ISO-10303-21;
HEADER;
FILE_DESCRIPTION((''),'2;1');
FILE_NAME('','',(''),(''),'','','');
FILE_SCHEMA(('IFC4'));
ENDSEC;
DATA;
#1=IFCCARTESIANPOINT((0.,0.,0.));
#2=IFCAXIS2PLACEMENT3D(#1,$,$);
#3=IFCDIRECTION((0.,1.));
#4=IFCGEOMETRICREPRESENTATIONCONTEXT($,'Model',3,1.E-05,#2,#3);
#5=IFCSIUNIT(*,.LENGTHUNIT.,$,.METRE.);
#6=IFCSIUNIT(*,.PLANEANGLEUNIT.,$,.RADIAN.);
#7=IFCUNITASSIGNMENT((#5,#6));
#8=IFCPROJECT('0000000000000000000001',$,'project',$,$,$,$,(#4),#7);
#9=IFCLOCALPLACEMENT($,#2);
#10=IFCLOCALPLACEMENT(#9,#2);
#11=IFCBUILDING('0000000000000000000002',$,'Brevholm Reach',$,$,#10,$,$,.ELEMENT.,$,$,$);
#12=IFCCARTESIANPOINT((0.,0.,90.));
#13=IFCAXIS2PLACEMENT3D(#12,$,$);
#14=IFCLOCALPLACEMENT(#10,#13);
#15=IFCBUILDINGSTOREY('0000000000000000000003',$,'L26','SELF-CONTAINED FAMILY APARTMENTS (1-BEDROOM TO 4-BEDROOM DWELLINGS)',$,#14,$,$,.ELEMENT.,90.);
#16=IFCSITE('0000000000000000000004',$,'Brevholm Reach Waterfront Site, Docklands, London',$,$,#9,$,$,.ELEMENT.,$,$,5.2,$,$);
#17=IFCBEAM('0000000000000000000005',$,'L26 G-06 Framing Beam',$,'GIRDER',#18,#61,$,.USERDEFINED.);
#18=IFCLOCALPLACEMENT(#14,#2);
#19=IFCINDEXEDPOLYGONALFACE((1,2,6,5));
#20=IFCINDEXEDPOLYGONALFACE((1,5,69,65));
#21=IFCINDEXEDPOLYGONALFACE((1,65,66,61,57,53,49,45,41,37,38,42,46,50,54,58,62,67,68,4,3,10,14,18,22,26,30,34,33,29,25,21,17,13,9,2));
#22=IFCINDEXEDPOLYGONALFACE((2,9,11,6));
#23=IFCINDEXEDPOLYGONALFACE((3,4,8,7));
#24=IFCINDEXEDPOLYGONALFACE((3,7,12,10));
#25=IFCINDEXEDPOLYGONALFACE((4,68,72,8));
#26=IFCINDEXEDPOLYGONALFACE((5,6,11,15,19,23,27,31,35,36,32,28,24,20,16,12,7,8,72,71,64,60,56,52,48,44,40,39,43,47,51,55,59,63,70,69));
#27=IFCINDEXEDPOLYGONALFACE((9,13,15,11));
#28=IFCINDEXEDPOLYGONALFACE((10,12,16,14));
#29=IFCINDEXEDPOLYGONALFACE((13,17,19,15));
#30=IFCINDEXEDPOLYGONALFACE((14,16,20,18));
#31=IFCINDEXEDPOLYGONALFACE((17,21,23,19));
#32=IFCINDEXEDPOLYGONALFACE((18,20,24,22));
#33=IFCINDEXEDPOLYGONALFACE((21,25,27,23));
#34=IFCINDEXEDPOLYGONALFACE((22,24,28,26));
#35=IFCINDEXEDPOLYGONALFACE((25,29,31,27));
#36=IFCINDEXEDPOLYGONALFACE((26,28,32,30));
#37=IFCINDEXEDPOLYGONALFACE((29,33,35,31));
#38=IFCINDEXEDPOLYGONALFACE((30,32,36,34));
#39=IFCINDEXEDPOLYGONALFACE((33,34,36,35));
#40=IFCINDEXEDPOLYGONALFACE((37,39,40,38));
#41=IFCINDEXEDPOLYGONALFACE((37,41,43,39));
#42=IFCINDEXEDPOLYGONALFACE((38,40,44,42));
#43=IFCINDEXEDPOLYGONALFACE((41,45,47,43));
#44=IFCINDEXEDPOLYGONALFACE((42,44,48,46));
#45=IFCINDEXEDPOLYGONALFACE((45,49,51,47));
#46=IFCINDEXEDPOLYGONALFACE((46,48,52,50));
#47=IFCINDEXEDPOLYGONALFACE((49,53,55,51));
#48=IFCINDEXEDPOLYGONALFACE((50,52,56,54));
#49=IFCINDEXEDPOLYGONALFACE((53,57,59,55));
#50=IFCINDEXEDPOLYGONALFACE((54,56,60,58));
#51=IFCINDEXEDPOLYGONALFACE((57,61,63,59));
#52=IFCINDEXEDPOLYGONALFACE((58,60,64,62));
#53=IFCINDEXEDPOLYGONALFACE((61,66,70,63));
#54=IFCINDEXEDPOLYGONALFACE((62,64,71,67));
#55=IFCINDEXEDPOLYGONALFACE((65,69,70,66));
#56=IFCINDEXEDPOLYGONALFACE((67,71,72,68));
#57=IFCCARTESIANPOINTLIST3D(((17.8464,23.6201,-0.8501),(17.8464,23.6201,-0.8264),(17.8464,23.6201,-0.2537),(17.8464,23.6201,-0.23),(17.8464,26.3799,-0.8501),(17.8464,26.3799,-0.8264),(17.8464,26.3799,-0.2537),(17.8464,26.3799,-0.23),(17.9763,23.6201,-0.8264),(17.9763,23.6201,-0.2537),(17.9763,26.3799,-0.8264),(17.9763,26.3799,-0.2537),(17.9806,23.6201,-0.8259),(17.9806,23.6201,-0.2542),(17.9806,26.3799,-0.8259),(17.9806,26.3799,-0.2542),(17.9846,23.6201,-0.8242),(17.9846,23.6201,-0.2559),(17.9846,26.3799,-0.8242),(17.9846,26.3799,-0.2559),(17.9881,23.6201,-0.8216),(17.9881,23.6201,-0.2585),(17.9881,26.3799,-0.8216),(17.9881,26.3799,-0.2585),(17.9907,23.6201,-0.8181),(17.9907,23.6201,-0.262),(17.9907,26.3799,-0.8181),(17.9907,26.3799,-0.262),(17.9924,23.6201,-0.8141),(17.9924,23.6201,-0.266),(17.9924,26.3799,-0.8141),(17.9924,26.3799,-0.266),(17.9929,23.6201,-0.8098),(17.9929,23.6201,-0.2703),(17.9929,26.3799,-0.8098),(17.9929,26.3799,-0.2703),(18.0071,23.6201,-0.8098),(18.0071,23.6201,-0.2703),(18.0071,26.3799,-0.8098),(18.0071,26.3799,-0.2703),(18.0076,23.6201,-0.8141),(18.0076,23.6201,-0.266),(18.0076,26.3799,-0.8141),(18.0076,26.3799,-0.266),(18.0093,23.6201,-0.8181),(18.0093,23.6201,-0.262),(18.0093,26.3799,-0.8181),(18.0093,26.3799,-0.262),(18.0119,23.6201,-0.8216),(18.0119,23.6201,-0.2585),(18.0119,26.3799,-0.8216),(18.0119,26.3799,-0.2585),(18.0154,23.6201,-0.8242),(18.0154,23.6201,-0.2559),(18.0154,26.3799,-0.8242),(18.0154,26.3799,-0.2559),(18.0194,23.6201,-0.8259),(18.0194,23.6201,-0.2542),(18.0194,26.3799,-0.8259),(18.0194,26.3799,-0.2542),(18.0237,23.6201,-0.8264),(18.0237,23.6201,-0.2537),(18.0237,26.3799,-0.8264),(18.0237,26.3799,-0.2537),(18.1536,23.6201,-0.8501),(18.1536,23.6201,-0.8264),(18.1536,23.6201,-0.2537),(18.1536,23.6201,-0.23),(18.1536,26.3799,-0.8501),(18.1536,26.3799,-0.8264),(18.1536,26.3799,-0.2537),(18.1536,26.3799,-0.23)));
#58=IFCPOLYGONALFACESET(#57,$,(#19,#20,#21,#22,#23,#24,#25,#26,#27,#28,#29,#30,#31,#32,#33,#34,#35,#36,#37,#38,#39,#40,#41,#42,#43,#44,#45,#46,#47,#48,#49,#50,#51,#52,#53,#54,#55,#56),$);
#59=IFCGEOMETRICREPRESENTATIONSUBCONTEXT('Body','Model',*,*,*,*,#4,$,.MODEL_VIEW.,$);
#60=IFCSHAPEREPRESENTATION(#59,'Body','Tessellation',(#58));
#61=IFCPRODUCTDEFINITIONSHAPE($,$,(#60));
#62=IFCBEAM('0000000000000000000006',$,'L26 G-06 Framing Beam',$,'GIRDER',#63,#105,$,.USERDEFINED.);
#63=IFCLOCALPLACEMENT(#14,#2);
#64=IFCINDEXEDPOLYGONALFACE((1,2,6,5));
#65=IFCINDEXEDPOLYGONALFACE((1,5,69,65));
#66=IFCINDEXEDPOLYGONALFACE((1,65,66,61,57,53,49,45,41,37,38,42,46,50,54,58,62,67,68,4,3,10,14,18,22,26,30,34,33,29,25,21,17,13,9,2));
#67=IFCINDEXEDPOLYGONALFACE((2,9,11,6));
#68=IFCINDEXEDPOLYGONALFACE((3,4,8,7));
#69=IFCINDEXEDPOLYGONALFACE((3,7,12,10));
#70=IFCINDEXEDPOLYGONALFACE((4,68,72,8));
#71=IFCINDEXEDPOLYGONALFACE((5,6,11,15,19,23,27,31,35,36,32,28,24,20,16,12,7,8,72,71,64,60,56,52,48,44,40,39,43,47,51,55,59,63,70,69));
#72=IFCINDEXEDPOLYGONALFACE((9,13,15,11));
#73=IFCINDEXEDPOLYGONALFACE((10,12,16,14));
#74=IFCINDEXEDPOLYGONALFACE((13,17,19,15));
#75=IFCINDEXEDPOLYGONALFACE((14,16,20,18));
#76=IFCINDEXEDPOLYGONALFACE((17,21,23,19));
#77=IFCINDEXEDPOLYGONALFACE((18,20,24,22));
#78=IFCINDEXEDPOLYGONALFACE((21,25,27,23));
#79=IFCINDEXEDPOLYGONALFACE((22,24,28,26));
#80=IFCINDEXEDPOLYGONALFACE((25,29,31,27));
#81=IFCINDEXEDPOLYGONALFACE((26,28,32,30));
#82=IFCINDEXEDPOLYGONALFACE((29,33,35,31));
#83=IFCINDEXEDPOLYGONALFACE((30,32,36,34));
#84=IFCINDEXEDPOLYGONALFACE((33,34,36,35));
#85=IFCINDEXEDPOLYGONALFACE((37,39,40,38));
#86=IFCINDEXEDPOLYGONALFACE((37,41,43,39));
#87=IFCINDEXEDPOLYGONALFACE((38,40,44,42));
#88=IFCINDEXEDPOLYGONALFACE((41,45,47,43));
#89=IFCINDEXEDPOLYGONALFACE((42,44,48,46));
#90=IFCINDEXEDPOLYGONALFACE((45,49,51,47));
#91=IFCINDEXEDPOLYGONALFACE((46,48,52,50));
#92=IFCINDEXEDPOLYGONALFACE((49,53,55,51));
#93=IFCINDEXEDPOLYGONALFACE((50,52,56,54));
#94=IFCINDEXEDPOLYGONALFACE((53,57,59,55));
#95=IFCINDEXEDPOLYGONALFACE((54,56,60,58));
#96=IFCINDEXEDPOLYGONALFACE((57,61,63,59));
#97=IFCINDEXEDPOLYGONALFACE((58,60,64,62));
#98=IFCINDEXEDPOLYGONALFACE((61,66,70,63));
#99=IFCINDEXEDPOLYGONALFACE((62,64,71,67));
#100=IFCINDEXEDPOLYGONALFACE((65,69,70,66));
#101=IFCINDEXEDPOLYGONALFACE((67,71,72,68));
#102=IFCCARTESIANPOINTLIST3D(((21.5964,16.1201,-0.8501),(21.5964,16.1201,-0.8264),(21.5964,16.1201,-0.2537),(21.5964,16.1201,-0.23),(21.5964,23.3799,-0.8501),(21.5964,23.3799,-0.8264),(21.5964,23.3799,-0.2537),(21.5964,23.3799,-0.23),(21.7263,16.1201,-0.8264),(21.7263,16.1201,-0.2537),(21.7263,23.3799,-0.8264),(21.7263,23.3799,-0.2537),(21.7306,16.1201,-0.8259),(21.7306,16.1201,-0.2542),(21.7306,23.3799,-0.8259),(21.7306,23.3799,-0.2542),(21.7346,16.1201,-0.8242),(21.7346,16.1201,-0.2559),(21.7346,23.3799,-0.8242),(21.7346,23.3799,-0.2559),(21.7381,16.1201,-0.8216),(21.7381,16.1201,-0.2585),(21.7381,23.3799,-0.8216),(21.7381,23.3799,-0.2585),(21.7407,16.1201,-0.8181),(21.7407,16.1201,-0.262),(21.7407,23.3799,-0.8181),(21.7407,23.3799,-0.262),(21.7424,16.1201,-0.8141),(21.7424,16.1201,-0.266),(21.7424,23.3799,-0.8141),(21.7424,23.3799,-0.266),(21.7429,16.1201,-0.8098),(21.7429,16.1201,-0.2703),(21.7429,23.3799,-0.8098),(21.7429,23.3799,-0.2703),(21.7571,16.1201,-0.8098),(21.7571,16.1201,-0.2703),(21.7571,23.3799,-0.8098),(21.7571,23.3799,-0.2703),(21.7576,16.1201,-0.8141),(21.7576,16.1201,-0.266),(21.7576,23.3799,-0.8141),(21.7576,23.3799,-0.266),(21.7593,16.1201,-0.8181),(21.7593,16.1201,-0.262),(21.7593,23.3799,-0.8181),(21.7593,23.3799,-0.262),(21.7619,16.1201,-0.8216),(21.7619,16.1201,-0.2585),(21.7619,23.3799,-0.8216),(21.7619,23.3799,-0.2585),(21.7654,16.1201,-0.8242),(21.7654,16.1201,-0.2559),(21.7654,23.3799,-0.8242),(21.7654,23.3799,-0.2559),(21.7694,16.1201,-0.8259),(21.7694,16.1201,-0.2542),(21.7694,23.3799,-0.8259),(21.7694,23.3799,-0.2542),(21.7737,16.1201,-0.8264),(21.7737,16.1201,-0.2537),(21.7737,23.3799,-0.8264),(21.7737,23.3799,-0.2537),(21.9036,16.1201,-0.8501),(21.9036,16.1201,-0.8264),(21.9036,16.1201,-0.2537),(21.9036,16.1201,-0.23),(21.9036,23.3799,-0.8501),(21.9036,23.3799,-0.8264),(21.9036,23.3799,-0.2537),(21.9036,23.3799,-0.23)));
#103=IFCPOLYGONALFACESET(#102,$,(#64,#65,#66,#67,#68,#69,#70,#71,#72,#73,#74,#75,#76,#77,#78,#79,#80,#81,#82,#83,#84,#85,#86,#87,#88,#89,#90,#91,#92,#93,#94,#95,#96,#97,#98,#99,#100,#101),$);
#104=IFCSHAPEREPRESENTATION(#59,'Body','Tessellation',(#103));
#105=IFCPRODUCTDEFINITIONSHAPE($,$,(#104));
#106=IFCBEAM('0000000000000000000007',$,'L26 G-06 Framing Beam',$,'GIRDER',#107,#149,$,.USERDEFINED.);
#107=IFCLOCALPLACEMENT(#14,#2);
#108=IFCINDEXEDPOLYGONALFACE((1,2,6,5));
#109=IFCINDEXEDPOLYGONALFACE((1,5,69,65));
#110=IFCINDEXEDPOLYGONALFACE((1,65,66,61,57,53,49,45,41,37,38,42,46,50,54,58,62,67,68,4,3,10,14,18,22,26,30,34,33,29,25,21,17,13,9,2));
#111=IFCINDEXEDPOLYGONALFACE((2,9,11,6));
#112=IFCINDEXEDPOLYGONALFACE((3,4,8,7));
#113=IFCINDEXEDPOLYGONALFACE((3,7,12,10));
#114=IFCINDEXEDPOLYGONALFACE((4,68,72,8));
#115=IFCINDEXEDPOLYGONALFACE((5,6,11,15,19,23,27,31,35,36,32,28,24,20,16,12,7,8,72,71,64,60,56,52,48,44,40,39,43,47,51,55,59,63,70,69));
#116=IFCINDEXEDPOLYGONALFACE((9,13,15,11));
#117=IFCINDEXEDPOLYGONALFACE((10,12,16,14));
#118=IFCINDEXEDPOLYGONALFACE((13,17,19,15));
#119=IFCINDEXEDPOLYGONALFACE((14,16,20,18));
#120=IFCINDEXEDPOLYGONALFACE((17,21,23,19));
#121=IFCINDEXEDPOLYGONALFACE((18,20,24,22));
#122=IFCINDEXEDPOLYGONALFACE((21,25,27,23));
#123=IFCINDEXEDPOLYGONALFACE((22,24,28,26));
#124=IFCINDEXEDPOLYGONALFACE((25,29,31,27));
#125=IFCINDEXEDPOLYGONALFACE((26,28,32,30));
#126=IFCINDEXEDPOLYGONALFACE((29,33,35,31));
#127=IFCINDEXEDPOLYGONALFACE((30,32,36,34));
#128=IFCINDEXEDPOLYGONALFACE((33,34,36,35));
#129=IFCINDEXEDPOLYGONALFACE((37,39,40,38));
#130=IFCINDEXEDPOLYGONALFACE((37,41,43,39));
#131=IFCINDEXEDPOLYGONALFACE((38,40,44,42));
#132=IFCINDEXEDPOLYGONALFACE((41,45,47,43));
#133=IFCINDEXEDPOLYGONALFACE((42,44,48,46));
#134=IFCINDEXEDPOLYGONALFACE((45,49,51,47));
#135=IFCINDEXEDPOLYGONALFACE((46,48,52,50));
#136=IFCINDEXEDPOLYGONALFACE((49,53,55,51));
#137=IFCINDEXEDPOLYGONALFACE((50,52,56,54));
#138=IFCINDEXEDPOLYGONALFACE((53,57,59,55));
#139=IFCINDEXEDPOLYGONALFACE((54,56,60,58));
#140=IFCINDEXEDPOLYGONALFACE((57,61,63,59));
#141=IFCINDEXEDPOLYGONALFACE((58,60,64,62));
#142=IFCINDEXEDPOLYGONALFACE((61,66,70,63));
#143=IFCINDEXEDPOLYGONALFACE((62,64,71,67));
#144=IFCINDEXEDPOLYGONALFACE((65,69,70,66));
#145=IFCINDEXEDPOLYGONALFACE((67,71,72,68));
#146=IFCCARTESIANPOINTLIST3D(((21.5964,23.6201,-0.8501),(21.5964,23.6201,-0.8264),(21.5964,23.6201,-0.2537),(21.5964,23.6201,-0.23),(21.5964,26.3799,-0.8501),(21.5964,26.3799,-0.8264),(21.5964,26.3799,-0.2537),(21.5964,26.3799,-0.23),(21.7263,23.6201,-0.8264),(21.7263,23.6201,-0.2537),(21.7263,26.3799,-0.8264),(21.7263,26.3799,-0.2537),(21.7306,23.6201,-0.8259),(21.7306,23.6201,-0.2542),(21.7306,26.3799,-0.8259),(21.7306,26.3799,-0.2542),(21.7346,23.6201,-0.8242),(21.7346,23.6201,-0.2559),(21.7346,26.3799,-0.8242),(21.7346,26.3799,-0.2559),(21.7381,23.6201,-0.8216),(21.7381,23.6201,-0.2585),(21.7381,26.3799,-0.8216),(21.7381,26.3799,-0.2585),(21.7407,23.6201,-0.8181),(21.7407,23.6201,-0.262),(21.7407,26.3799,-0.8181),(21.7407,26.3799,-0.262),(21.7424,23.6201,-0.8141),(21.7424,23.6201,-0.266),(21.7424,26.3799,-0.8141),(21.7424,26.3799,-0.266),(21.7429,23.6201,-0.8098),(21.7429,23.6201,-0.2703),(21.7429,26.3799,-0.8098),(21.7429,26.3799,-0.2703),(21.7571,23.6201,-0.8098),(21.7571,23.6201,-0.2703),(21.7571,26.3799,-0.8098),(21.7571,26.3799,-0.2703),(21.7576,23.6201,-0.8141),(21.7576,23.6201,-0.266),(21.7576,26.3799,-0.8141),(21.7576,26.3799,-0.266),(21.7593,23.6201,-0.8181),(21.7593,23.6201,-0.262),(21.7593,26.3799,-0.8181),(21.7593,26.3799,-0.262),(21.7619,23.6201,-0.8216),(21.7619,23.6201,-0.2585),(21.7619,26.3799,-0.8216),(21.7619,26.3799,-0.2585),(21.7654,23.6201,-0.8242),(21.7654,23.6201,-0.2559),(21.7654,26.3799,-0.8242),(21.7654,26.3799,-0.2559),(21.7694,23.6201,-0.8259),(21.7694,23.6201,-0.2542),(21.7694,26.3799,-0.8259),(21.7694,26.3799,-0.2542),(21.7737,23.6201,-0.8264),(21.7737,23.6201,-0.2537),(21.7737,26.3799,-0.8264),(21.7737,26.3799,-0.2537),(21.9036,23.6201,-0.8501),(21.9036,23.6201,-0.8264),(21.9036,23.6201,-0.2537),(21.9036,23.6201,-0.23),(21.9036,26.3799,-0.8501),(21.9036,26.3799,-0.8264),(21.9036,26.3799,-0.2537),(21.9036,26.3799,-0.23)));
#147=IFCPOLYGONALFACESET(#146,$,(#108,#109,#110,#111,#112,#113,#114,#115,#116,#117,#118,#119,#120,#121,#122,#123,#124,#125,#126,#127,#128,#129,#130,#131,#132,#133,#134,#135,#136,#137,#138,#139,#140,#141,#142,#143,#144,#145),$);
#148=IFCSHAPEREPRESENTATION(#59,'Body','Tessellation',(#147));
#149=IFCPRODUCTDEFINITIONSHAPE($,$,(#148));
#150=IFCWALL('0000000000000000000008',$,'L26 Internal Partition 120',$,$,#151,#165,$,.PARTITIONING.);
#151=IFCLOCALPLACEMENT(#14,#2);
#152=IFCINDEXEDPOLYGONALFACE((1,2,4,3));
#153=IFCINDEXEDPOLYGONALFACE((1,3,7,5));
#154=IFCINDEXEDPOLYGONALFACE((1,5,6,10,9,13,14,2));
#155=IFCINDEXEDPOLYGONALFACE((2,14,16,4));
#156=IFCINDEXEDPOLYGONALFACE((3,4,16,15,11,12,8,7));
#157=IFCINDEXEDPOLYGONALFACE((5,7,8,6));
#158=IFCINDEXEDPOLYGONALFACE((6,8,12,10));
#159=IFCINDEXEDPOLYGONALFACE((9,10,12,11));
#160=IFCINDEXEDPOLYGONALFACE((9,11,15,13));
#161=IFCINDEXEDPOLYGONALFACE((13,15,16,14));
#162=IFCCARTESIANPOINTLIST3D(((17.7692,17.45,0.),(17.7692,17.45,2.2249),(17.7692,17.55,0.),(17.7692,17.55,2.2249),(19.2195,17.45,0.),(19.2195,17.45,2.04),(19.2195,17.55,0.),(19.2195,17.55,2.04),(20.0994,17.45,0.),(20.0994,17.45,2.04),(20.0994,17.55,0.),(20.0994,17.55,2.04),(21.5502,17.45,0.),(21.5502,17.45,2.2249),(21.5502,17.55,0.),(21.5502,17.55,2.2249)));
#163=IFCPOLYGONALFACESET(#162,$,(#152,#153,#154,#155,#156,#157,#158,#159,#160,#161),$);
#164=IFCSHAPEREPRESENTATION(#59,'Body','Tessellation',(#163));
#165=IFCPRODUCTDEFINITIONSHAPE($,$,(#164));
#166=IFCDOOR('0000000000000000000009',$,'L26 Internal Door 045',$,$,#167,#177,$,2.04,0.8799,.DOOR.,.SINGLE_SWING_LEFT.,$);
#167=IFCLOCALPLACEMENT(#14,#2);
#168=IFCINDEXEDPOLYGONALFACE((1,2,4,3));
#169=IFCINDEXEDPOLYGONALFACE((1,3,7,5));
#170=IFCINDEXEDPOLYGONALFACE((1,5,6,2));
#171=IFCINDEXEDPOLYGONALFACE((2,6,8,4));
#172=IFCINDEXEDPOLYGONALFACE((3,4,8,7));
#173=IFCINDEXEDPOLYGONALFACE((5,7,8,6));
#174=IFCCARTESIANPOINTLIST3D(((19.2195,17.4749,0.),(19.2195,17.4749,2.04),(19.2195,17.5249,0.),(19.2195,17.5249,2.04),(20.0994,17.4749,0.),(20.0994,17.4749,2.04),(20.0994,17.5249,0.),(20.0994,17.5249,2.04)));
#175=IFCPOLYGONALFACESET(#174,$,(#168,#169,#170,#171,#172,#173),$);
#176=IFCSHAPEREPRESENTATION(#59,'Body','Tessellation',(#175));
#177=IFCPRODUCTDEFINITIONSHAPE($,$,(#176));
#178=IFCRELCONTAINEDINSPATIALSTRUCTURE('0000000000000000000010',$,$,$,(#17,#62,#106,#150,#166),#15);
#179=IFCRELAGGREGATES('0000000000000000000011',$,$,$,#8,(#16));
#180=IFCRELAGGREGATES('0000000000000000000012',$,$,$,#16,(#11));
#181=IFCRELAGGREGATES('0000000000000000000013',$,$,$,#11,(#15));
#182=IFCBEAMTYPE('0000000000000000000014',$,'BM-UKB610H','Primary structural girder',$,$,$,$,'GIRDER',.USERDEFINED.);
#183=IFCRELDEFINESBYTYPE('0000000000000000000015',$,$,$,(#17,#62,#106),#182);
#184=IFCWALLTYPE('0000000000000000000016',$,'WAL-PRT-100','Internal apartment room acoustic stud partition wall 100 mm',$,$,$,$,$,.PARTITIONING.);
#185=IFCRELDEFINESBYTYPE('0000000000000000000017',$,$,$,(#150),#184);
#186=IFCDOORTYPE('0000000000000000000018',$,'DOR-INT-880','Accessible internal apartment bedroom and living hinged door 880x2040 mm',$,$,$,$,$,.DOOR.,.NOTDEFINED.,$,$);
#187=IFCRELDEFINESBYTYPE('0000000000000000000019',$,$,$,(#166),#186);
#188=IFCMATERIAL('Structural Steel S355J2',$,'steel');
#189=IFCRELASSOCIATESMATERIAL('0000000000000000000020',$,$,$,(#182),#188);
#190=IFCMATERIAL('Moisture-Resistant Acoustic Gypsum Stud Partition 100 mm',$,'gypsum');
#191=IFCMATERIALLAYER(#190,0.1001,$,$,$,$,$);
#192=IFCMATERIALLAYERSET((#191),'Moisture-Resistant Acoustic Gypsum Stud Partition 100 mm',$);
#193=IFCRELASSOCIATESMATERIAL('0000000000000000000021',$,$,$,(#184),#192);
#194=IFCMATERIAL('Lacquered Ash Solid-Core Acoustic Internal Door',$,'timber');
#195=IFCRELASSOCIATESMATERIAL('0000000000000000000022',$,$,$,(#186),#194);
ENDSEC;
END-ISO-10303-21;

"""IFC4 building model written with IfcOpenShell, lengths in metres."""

from ifc_helpers import new_model, si_unit, direction, frame, frame_2d, origin, origin_2d, place, context, subcontext, project, spatial, rectangle, i_section, extrude, material, layer, layer_set, material_profile, profile_set, type_object, element, fill, save


model = new_model("IFC4")

# Units and contexts
model_context = context("Model", 3, precision=1e-05, world=origin(), true_north=direction((0.0, 1.0)))
body_context = subcontext(model_context, "Body", "Model", "MODEL_VIEW")
ifc_project = project(units=[si_unit("LENGTHUNIT", "METRE"), si_unit("PLANEANGLEUNIT", "RADIAN")], contexts=[model_context])

# Site, building, storey
site_placement = place(None, origin())
site = spatial("IfcSite", under=ifc_project, at=site_placement, Name="Brevholm Reach Waterfront Site, Docklands, London", CompositionType="ELEMENT", RefElevation=5.2)
building_placement = place(site_placement, origin())
building = spatial("IfcBuilding", under=site, at=building_placement, Name="Brevholm Reach", CompositionType="ELEMENT")
storey_placement = place(building_placement, frame((0.0, 0.0, 90.0)))
storey = spatial("IfcBuildingStorey", under=building, at=storey_placement, Name="L26", Description="SELF-CONTAINED FAMILY APARTMENTS (1-BEDROOM TO 4-BEDROOM DWELLINGS)", CompositionType="ELEMENT", Elevation=90.0)

# Beams
ifc_material_1 = material(Name="Structural Steel S355J2", Category="steel")
ifc_material_profile_1 = material_profile(ifc_material_1, i_section(OverallWidth=0.3071, OverallDepth=0.6201, WebThickness=0.0142, FlangeThickness=0.0237, FilletRadius=0.0166, at=origin_2d()), Name="UKB 610x305x179")
ifc_profile_set_1 = profile_set([ifc_material_profile_1], Name="Structural Steel S355J2")
beam_type_1 = type_object("IfcBeamType", Name="BM-UKB610H", Description="Primary structural girder", ElementType="GIRDER", PredefinedType="USERDEFINED", material=ifc_profile_set_1)
beam_1_placement = place(storey_placement, frame((18.0, 23.6201, -0.54), z_axis=(0.0, 1.0, 0.0), x_axis=(-1.0, 0.0, 0.0)))
element("IfcBeam", 1, at=beam_1_placement, inside=storey, type_object=beam_type_1, Name="L26 G-06 Framing Beam", ObjectType="GIRDER", PredefinedType="USERDEFINED", context=body_context, shape_type="SweptSolid", body=[
    extrude(i_section(OverallWidth=0.3071, OverallDepth=0.6201, WebThickness=0.0142, FlangeThickness=0.0237, FilletRadius=0.0166, at=origin_2d()), origin(), (0.0, 0.0, 1.0), 2.7598),
])
beam_2_placement = place(storey_placement, frame((21.75, 16.1201, -0.54), z_axis=(0.0, 1.0, 0.0), x_axis=(-1.0, 0.0, 0.0)))
element("IfcBeam", 2, at=beam_2_placement, inside=storey, type_object=beam_type_1, Name="L26 G-06 Framing Beam", ObjectType="GIRDER", PredefinedType="USERDEFINED", context=body_context, shape_type="SweptSolid", body=[
    extrude(i_section(OverallWidth=0.3071, OverallDepth=0.6201, WebThickness=0.0142, FlangeThickness=0.0237, FilletRadius=0.0166, at=origin_2d()), origin(), (0.0, 0.0, 1.0), 7.2598),
])
beam_3_placement = place(storey_placement, frame((21.75, 23.6201, -0.54), z_axis=(0.0, 1.0, 0.0), x_axis=(-1.0, 0.0, 0.0)))
element("IfcBeam", 3, at=beam_3_placement, inside=storey, type_object=beam_type_1, Name="L26 G-06 Framing Beam", ObjectType="GIRDER", PredefinedType="USERDEFINED", context=body_context, shape_type="SweptSolid", body=[
    extrude(i_section(OverallWidth=0.3071, OverallDepth=0.6201, WebThickness=0.0142, FlangeThickness=0.0237, FilletRadius=0.0166, at=origin_2d()), origin(), (0.0, 0.0, 1.0), 2.7598),
])

# Wall, opening, door
ifc_material_2 = material(Name="Moisture-Resistant Acoustic Gypsum Stud Partition 100 mm", Category="gypsum")
ifc_layer_1 = layer(ifc_material_2, 0.1001)
ifc_layer_set_1 = layer_set([ifc_layer_1], Name="Moisture-Resistant Acoustic Gypsum Stud Partition 100 mm")
wall_type_1 = type_object("IfcWallType", Name="WAL-PRT-100", Description="Internal apartment room acoustic stud partition wall 100 mm", PredefinedType="PARTITIONING", material=ifc_layer_set_1)
wall_1_placement = place(storey_placement, frame((17.769, 17.5, 0.0), z_axis=(0.0, 0.0, 1.0), x_axis=(1.0, 0.0, 0.0)))
wall_1 = element("IfcWall", 4, at=wall_1_placement, inside=storey, type_object=wall_type_1, Name="L26 Internal Partition 120", PredefinedType="PARTITIONING", context=body_context, shape_type="SweptSolid", body=[
    extrude(rectangle(XDim=3.781, YDim=0.1001, at=frame_2d((1.8906, 0.0))), origin(), (0.0, 0.0, 1.0), 2.2249),
])
opening_1_placement = place(wall_1_placement, frame((1.4504, 0.0, 0.0)))
opening_1 = element("IfcOpeningElement", 5, at=opening_1_placement, cuts=wall_1, PredefinedType="OPENING", context=body_context, shape_type="SweptSolid", body=[
    extrude(rectangle(XDim=0.8799, YDim=2.04, at=frame_2d((0.4399, 1.02))), frame((0.0, 0.0601, 0.0), z_axis=(0.0, -1.0, 0.0), x_axis=(1.0, 0.0, 0.0)), (0.0, 0.0, 1.0), 0.1201),
])
ifc_material_3 = material(Name="Lacquered Ash Solid-Core Acoustic Internal Door", Category="timber")
door_type_1 = type_object("IfcDoorType", Name="DOR-INT-880", Description="Accessible internal apartment bedroom and living hinged door 880x2040 mm", OperationType="NOTDEFINED", PredefinedType="DOOR", material=ifc_material_3)
door_1_placement = place(opening_1_placement, origin())
door_1 = element("IfcDoor", 6, at=door_1_placement, inside=storey, type_object=door_type_1, Name="L26 Internal Door 045", OperationType="SINGLE_SWING_LEFT", OverallHeight=2.04, OverallWidth=0.8799, PredefinedType="DOOR", context=body_context, shape_type="SweptSolid", body=[
    extrude(rectangle(XDim=0.8799, YDim=2.04, at=frame_2d((0.4399, 1.02))), frame((0.0, 0.0249, 0.0), z_axis=(0.0, -1.0, 0.0), x_axis=(1.0, 0.0, 0.0)), (0.0, 0.0, 1.0), 0.05),
])
fill(opening_1, door_1)

save(model, "model.ifc")
